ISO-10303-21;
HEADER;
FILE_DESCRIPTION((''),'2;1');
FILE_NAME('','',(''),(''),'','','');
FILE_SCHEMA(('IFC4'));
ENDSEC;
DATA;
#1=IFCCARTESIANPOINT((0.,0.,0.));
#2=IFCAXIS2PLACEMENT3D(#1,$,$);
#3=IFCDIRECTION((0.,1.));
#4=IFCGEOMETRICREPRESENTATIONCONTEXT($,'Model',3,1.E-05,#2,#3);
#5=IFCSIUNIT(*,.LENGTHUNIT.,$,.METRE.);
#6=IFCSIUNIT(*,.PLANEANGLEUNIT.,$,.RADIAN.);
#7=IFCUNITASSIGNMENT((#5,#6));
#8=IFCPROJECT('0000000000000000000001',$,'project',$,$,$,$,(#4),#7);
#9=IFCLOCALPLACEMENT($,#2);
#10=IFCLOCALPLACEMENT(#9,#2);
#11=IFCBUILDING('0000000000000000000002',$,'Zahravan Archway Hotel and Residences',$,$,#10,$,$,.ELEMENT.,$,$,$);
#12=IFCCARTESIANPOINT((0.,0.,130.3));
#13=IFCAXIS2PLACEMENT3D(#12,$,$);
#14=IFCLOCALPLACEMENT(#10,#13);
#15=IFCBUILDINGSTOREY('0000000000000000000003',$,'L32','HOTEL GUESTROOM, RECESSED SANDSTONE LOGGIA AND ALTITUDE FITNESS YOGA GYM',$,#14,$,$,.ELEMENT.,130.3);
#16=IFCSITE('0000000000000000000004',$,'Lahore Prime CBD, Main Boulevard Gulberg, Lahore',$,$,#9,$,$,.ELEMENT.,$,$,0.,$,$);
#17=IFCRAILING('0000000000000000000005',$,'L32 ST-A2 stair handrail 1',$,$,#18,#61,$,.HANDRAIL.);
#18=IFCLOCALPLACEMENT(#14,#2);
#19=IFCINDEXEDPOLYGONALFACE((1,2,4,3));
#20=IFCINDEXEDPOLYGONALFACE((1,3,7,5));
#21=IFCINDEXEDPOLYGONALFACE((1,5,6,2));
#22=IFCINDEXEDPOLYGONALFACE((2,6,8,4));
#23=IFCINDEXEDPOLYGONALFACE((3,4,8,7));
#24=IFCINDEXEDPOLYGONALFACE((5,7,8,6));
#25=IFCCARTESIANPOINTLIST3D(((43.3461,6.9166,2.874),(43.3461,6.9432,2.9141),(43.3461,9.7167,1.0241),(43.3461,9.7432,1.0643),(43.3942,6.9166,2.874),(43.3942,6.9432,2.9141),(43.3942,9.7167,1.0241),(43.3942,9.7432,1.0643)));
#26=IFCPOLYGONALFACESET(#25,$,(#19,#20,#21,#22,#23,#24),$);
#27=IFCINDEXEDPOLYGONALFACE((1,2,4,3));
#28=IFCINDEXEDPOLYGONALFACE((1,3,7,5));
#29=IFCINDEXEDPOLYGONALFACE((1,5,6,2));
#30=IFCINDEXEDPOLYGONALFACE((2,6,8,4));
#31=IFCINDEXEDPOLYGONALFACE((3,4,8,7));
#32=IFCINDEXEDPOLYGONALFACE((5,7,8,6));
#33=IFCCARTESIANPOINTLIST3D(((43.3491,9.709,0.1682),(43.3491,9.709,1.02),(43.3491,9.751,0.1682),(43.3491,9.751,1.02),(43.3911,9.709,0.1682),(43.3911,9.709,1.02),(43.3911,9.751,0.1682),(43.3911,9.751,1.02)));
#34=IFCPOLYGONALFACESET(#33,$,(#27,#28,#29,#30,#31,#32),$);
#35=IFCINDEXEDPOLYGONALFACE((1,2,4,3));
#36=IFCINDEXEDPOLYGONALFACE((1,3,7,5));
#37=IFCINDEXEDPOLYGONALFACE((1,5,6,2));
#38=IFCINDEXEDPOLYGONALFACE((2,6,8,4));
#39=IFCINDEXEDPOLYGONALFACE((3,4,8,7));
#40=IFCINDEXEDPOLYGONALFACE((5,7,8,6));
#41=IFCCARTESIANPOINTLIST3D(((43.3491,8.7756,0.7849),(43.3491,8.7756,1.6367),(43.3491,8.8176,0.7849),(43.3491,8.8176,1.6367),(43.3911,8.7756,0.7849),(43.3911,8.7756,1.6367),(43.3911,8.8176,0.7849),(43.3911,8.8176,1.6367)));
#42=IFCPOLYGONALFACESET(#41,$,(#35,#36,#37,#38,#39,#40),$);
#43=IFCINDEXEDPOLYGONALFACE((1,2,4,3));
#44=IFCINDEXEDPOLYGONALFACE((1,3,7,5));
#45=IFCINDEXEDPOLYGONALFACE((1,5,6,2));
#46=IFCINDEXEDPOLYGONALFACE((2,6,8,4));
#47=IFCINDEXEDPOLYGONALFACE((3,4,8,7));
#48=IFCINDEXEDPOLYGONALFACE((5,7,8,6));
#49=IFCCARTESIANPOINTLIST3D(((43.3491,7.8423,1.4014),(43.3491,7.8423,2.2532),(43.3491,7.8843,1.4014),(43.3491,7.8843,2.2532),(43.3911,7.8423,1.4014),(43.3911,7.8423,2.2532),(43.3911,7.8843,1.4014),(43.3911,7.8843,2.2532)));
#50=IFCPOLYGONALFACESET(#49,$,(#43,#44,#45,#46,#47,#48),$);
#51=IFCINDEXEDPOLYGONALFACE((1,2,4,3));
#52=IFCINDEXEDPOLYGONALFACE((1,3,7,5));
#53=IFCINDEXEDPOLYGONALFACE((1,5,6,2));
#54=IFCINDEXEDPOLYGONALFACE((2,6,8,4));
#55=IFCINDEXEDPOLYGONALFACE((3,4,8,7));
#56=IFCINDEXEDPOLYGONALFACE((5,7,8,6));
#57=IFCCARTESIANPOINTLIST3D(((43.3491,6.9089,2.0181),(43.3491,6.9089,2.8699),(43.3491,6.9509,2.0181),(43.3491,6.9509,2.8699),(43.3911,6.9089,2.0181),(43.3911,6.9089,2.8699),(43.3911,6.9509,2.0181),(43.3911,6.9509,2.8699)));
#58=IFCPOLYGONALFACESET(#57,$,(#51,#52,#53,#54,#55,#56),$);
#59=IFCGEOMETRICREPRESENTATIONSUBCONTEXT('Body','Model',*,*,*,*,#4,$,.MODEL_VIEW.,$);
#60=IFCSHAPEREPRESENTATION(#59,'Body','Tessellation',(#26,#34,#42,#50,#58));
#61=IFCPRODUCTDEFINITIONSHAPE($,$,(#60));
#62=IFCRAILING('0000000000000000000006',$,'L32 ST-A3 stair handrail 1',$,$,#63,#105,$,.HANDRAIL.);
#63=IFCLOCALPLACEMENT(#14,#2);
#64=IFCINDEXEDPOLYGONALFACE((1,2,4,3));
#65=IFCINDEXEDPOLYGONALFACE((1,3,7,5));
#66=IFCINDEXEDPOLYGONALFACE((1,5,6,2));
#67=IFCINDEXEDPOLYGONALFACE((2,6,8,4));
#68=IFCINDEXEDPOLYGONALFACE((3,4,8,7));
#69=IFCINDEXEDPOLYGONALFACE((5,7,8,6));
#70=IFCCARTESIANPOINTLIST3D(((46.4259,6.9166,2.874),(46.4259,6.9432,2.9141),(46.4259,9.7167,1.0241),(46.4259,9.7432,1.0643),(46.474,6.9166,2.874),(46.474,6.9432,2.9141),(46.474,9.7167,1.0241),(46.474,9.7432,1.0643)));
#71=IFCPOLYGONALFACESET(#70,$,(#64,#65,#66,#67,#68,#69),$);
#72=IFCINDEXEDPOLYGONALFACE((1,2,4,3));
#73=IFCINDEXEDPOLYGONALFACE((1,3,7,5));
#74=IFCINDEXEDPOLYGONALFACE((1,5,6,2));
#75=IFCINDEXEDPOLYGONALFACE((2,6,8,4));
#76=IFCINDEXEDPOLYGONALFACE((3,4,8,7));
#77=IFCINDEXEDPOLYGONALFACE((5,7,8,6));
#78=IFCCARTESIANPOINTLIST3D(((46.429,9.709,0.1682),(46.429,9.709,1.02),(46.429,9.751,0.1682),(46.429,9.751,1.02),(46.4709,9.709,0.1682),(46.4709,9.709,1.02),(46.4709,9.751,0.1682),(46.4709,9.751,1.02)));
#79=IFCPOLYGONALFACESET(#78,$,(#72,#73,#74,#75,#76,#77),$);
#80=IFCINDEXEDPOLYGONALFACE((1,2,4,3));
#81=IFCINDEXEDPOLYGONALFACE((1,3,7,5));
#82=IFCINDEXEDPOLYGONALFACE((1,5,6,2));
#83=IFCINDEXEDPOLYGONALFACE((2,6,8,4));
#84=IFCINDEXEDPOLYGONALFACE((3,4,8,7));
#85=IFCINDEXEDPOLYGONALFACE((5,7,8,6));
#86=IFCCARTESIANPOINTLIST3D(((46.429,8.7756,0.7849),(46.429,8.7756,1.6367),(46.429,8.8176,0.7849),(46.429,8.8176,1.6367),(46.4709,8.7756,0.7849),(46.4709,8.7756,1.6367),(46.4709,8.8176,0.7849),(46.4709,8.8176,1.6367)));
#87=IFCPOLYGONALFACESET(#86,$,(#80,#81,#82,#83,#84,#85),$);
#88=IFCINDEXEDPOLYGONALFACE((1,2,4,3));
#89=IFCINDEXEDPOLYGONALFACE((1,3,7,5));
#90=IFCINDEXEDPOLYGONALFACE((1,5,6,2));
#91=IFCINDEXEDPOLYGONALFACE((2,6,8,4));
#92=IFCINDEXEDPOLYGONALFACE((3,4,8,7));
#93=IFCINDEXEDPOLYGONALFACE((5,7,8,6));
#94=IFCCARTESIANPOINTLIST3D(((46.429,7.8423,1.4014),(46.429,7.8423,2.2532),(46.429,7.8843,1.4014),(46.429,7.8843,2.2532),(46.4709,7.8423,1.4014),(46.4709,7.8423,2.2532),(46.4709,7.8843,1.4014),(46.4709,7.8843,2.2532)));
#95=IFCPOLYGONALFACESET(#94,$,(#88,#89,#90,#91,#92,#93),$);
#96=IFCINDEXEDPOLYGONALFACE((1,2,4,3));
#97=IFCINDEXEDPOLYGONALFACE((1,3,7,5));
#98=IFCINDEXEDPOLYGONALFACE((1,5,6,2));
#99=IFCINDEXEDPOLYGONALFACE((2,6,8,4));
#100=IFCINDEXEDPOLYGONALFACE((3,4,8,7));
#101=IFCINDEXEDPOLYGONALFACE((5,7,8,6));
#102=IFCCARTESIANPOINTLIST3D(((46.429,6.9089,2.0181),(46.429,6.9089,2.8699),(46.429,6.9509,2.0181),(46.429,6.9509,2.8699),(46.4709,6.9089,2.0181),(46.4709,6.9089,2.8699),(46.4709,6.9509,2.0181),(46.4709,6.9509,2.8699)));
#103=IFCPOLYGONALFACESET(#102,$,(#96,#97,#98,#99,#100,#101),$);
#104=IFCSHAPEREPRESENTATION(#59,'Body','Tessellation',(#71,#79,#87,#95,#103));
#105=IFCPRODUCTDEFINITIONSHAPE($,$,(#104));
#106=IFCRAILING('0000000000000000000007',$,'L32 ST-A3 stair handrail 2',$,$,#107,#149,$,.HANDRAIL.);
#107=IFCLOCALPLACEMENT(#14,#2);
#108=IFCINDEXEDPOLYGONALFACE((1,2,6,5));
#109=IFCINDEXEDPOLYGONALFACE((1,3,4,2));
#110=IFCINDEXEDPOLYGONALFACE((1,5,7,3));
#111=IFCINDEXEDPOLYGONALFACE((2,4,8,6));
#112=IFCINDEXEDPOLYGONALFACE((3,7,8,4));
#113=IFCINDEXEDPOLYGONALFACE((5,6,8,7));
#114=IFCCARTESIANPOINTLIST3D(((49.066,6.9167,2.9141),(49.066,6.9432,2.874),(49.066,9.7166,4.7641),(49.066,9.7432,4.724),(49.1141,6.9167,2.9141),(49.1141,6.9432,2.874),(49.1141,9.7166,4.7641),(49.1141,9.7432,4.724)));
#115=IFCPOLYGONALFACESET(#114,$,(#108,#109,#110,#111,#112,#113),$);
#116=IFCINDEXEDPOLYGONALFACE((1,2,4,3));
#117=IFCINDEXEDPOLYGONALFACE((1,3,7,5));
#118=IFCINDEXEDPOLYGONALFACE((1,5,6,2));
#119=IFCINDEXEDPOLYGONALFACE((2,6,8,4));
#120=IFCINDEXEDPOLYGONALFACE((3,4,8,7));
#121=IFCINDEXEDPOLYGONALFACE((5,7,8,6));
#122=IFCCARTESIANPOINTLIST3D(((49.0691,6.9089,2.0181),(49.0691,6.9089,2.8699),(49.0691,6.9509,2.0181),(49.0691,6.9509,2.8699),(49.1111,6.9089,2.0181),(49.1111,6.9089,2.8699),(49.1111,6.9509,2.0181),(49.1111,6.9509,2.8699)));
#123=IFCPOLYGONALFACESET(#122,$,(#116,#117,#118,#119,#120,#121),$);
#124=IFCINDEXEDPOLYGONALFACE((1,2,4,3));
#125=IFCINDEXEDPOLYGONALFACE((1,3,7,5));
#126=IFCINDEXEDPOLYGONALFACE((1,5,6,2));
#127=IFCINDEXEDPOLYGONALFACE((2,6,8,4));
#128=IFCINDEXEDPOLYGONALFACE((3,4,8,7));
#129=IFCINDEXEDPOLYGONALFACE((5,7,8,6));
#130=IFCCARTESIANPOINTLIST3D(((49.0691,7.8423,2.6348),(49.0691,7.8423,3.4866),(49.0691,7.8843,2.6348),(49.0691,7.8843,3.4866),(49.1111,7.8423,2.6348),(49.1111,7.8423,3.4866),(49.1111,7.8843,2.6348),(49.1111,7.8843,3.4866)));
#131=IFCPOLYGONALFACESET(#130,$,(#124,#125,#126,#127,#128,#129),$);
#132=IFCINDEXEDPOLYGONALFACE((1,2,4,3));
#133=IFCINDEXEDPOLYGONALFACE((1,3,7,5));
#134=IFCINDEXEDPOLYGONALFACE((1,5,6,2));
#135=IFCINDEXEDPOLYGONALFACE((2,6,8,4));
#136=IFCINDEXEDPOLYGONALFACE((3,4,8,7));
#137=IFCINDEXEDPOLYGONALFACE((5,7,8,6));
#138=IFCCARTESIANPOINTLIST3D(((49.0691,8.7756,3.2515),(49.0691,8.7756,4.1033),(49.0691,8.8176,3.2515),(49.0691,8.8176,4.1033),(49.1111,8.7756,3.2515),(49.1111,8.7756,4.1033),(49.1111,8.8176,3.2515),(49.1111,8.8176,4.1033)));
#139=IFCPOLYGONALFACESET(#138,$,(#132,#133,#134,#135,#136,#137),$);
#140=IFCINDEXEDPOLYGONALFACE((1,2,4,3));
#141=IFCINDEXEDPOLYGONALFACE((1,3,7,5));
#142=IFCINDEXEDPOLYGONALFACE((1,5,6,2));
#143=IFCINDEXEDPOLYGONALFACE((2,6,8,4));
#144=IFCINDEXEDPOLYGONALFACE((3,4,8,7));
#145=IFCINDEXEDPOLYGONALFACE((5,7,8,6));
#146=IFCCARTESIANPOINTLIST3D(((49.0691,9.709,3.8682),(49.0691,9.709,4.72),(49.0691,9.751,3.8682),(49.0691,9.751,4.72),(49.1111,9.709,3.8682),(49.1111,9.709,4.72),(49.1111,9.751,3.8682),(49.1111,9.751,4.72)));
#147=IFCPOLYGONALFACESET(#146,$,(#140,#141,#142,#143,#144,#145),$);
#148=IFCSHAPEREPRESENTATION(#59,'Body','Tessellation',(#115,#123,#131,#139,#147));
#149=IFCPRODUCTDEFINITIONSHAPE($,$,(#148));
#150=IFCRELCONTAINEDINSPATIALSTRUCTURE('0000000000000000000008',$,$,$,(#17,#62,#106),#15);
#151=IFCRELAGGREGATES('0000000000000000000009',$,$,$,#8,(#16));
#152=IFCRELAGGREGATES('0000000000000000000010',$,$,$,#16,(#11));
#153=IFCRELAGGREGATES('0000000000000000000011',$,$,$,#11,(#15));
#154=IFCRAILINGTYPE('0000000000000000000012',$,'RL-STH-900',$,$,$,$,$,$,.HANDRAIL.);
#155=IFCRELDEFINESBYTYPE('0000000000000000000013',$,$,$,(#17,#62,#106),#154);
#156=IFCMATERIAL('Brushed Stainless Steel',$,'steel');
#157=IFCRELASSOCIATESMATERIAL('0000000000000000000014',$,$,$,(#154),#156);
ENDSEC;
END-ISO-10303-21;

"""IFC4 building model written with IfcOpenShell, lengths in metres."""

from ifc_helpers import new_model, si_unit, direction, frame, origin, origin_2d, place, context, subcontext, project, spatial, rectangle, extrude, material, type_object, element, save


model = new_model("IFC4")

# Units and contexts
model_context = context("Model", 3, precision=1e-05, world=origin(), true_north=direction((0.0, 1.0)))
body_context = subcontext(model_context, "Body", "Model", "MODEL_VIEW")
ifc_project = project(units=[si_unit("LENGTHUNIT", "METRE"), si_unit("PLANEANGLEUNIT", "RADIAN")], contexts=[model_context])

# Site, building, storey
site_placement = place(None, origin())
site = spatial("IfcSite", under=ifc_project, at=site_placement, Name="Lahore Prime CBD, Main Boulevard Gulberg, Lahore", CompositionType="ELEMENT", RefElevation=0.0)
building_placement = place(site_placement, origin())
building = spatial("IfcBuilding", under=site, at=building_placement, Name="Zahravan Archway Hotel and Residences", CompositionType="ELEMENT")
storey_placement = place(building_placement, frame((0.0, 0.0, 130.3)))
storey = spatial("IfcBuildingStorey", under=building, at=storey_placement, Name="L32", Description="HOTEL GUESTROOM, RECESSED SANDSTONE LOGGIA AND ALTITUDE FITNESS YOGA GYM", CompositionType="ELEMENT", Elevation=130.3)

# Railings
ifc_material_1 = material(Name="Brushed Stainless Steel", Category="steel")
railing_type_1 = type_object("IfcRailingType", Name="RL-STH-900", PredefinedType="HANDRAIL", material=ifc_material_1)
for number, where, name in (
    (1, (43.3701, 9.73, 0.1682), "L32 ST-A2 stair handrail 1"),
    (2, (46.45, 9.73, 0.1682), "L32 ST-A3 stair handrail 1"),
):
    element("IfcRailing", number, at=place(storey_placement, frame(where)), inside=storey, type_object=railing_type_1, Name=name, PredefinedType="HANDRAIL", context=body_context, shape_type="SweptSolid", body=[
        extrude(rectangle(XDim=0.0481, YDim=0.0481, at=origin_2d()), frame((0.0, 0.0, 0.876), z_axis=(0.0, -0.83436, 0.55122), x_axis=(1.0, 0.0, 0.0)), (0.0, 0.0, 1.0), 3.356),
        extrude(rectangle(XDim=0.042, YDim=0.042, at=origin_2d()), origin(), (0.0, 0.0, 1.0), 0.8518),
        extrude(rectangle(XDim=0.042, YDim=0.042, at=origin_2d()), frame((0.0, -0.9333, 0.6167)), (0.0, 0.0, 1.0), 0.8518),
        extrude(rectangle(XDim=0.042, YDim=0.042, at=origin_2d()), frame((0.0, -1.8667, 1.2332)), (0.0, 0.0, 1.0), 0.8518),
        extrude(rectangle(XDim=0.042, YDim=0.042, at=origin_2d()), frame((0.0, -2.8, 1.8499)), (0.0, 0.0, 1.0), 0.8518),
    ])
railing_1_placement = place(storey_placement, frame((49.0901, 6.9299, 2.0181)))
element("IfcRailing", 3, at=railing_1_placement, inside=storey, type_object=railing_type_1, Name="L32 ST-A3 stair handrail 2", PredefinedType="HANDRAIL", context=body_context, shape_type="SweptSolid", body=[
    extrude(rectangle(XDim=0.0481, YDim=0.0481, at=origin_2d()), frame((0.0, 0.0, 0.876), z_axis=(0.0, 0.834326, 0.551271), x_axis=(-1.0, 0.0, 0.0)), (0.0, 0.0, 1.0), 3.356),
    extrude(rectangle(XDim=0.042, YDim=0.042, at=origin_2d()), origin(), (0.0, 0.0, 1.0), 0.8518),
    extrude(rectangle(XDim=0.042, YDim=0.042, at=origin_2d()), frame((0.0, 0.9333, 0.6167)), (0.0, 0.0, 1.0), 0.8518),
    extrude(rectangle(XDim=0.042, YDim=0.042, at=origin_2d()), frame((0.0, 1.8667, 1.2334)), (0.0, 0.0, 1.0), 0.8518),
    extrude(rectangle(XDim=0.042, YDim=0.042, at=origin_2d()), frame((0.0, 2.8, 1.8501)), (0.0, 0.0, 1.0), 0.8518),
])

save(model, "model.ifc")
